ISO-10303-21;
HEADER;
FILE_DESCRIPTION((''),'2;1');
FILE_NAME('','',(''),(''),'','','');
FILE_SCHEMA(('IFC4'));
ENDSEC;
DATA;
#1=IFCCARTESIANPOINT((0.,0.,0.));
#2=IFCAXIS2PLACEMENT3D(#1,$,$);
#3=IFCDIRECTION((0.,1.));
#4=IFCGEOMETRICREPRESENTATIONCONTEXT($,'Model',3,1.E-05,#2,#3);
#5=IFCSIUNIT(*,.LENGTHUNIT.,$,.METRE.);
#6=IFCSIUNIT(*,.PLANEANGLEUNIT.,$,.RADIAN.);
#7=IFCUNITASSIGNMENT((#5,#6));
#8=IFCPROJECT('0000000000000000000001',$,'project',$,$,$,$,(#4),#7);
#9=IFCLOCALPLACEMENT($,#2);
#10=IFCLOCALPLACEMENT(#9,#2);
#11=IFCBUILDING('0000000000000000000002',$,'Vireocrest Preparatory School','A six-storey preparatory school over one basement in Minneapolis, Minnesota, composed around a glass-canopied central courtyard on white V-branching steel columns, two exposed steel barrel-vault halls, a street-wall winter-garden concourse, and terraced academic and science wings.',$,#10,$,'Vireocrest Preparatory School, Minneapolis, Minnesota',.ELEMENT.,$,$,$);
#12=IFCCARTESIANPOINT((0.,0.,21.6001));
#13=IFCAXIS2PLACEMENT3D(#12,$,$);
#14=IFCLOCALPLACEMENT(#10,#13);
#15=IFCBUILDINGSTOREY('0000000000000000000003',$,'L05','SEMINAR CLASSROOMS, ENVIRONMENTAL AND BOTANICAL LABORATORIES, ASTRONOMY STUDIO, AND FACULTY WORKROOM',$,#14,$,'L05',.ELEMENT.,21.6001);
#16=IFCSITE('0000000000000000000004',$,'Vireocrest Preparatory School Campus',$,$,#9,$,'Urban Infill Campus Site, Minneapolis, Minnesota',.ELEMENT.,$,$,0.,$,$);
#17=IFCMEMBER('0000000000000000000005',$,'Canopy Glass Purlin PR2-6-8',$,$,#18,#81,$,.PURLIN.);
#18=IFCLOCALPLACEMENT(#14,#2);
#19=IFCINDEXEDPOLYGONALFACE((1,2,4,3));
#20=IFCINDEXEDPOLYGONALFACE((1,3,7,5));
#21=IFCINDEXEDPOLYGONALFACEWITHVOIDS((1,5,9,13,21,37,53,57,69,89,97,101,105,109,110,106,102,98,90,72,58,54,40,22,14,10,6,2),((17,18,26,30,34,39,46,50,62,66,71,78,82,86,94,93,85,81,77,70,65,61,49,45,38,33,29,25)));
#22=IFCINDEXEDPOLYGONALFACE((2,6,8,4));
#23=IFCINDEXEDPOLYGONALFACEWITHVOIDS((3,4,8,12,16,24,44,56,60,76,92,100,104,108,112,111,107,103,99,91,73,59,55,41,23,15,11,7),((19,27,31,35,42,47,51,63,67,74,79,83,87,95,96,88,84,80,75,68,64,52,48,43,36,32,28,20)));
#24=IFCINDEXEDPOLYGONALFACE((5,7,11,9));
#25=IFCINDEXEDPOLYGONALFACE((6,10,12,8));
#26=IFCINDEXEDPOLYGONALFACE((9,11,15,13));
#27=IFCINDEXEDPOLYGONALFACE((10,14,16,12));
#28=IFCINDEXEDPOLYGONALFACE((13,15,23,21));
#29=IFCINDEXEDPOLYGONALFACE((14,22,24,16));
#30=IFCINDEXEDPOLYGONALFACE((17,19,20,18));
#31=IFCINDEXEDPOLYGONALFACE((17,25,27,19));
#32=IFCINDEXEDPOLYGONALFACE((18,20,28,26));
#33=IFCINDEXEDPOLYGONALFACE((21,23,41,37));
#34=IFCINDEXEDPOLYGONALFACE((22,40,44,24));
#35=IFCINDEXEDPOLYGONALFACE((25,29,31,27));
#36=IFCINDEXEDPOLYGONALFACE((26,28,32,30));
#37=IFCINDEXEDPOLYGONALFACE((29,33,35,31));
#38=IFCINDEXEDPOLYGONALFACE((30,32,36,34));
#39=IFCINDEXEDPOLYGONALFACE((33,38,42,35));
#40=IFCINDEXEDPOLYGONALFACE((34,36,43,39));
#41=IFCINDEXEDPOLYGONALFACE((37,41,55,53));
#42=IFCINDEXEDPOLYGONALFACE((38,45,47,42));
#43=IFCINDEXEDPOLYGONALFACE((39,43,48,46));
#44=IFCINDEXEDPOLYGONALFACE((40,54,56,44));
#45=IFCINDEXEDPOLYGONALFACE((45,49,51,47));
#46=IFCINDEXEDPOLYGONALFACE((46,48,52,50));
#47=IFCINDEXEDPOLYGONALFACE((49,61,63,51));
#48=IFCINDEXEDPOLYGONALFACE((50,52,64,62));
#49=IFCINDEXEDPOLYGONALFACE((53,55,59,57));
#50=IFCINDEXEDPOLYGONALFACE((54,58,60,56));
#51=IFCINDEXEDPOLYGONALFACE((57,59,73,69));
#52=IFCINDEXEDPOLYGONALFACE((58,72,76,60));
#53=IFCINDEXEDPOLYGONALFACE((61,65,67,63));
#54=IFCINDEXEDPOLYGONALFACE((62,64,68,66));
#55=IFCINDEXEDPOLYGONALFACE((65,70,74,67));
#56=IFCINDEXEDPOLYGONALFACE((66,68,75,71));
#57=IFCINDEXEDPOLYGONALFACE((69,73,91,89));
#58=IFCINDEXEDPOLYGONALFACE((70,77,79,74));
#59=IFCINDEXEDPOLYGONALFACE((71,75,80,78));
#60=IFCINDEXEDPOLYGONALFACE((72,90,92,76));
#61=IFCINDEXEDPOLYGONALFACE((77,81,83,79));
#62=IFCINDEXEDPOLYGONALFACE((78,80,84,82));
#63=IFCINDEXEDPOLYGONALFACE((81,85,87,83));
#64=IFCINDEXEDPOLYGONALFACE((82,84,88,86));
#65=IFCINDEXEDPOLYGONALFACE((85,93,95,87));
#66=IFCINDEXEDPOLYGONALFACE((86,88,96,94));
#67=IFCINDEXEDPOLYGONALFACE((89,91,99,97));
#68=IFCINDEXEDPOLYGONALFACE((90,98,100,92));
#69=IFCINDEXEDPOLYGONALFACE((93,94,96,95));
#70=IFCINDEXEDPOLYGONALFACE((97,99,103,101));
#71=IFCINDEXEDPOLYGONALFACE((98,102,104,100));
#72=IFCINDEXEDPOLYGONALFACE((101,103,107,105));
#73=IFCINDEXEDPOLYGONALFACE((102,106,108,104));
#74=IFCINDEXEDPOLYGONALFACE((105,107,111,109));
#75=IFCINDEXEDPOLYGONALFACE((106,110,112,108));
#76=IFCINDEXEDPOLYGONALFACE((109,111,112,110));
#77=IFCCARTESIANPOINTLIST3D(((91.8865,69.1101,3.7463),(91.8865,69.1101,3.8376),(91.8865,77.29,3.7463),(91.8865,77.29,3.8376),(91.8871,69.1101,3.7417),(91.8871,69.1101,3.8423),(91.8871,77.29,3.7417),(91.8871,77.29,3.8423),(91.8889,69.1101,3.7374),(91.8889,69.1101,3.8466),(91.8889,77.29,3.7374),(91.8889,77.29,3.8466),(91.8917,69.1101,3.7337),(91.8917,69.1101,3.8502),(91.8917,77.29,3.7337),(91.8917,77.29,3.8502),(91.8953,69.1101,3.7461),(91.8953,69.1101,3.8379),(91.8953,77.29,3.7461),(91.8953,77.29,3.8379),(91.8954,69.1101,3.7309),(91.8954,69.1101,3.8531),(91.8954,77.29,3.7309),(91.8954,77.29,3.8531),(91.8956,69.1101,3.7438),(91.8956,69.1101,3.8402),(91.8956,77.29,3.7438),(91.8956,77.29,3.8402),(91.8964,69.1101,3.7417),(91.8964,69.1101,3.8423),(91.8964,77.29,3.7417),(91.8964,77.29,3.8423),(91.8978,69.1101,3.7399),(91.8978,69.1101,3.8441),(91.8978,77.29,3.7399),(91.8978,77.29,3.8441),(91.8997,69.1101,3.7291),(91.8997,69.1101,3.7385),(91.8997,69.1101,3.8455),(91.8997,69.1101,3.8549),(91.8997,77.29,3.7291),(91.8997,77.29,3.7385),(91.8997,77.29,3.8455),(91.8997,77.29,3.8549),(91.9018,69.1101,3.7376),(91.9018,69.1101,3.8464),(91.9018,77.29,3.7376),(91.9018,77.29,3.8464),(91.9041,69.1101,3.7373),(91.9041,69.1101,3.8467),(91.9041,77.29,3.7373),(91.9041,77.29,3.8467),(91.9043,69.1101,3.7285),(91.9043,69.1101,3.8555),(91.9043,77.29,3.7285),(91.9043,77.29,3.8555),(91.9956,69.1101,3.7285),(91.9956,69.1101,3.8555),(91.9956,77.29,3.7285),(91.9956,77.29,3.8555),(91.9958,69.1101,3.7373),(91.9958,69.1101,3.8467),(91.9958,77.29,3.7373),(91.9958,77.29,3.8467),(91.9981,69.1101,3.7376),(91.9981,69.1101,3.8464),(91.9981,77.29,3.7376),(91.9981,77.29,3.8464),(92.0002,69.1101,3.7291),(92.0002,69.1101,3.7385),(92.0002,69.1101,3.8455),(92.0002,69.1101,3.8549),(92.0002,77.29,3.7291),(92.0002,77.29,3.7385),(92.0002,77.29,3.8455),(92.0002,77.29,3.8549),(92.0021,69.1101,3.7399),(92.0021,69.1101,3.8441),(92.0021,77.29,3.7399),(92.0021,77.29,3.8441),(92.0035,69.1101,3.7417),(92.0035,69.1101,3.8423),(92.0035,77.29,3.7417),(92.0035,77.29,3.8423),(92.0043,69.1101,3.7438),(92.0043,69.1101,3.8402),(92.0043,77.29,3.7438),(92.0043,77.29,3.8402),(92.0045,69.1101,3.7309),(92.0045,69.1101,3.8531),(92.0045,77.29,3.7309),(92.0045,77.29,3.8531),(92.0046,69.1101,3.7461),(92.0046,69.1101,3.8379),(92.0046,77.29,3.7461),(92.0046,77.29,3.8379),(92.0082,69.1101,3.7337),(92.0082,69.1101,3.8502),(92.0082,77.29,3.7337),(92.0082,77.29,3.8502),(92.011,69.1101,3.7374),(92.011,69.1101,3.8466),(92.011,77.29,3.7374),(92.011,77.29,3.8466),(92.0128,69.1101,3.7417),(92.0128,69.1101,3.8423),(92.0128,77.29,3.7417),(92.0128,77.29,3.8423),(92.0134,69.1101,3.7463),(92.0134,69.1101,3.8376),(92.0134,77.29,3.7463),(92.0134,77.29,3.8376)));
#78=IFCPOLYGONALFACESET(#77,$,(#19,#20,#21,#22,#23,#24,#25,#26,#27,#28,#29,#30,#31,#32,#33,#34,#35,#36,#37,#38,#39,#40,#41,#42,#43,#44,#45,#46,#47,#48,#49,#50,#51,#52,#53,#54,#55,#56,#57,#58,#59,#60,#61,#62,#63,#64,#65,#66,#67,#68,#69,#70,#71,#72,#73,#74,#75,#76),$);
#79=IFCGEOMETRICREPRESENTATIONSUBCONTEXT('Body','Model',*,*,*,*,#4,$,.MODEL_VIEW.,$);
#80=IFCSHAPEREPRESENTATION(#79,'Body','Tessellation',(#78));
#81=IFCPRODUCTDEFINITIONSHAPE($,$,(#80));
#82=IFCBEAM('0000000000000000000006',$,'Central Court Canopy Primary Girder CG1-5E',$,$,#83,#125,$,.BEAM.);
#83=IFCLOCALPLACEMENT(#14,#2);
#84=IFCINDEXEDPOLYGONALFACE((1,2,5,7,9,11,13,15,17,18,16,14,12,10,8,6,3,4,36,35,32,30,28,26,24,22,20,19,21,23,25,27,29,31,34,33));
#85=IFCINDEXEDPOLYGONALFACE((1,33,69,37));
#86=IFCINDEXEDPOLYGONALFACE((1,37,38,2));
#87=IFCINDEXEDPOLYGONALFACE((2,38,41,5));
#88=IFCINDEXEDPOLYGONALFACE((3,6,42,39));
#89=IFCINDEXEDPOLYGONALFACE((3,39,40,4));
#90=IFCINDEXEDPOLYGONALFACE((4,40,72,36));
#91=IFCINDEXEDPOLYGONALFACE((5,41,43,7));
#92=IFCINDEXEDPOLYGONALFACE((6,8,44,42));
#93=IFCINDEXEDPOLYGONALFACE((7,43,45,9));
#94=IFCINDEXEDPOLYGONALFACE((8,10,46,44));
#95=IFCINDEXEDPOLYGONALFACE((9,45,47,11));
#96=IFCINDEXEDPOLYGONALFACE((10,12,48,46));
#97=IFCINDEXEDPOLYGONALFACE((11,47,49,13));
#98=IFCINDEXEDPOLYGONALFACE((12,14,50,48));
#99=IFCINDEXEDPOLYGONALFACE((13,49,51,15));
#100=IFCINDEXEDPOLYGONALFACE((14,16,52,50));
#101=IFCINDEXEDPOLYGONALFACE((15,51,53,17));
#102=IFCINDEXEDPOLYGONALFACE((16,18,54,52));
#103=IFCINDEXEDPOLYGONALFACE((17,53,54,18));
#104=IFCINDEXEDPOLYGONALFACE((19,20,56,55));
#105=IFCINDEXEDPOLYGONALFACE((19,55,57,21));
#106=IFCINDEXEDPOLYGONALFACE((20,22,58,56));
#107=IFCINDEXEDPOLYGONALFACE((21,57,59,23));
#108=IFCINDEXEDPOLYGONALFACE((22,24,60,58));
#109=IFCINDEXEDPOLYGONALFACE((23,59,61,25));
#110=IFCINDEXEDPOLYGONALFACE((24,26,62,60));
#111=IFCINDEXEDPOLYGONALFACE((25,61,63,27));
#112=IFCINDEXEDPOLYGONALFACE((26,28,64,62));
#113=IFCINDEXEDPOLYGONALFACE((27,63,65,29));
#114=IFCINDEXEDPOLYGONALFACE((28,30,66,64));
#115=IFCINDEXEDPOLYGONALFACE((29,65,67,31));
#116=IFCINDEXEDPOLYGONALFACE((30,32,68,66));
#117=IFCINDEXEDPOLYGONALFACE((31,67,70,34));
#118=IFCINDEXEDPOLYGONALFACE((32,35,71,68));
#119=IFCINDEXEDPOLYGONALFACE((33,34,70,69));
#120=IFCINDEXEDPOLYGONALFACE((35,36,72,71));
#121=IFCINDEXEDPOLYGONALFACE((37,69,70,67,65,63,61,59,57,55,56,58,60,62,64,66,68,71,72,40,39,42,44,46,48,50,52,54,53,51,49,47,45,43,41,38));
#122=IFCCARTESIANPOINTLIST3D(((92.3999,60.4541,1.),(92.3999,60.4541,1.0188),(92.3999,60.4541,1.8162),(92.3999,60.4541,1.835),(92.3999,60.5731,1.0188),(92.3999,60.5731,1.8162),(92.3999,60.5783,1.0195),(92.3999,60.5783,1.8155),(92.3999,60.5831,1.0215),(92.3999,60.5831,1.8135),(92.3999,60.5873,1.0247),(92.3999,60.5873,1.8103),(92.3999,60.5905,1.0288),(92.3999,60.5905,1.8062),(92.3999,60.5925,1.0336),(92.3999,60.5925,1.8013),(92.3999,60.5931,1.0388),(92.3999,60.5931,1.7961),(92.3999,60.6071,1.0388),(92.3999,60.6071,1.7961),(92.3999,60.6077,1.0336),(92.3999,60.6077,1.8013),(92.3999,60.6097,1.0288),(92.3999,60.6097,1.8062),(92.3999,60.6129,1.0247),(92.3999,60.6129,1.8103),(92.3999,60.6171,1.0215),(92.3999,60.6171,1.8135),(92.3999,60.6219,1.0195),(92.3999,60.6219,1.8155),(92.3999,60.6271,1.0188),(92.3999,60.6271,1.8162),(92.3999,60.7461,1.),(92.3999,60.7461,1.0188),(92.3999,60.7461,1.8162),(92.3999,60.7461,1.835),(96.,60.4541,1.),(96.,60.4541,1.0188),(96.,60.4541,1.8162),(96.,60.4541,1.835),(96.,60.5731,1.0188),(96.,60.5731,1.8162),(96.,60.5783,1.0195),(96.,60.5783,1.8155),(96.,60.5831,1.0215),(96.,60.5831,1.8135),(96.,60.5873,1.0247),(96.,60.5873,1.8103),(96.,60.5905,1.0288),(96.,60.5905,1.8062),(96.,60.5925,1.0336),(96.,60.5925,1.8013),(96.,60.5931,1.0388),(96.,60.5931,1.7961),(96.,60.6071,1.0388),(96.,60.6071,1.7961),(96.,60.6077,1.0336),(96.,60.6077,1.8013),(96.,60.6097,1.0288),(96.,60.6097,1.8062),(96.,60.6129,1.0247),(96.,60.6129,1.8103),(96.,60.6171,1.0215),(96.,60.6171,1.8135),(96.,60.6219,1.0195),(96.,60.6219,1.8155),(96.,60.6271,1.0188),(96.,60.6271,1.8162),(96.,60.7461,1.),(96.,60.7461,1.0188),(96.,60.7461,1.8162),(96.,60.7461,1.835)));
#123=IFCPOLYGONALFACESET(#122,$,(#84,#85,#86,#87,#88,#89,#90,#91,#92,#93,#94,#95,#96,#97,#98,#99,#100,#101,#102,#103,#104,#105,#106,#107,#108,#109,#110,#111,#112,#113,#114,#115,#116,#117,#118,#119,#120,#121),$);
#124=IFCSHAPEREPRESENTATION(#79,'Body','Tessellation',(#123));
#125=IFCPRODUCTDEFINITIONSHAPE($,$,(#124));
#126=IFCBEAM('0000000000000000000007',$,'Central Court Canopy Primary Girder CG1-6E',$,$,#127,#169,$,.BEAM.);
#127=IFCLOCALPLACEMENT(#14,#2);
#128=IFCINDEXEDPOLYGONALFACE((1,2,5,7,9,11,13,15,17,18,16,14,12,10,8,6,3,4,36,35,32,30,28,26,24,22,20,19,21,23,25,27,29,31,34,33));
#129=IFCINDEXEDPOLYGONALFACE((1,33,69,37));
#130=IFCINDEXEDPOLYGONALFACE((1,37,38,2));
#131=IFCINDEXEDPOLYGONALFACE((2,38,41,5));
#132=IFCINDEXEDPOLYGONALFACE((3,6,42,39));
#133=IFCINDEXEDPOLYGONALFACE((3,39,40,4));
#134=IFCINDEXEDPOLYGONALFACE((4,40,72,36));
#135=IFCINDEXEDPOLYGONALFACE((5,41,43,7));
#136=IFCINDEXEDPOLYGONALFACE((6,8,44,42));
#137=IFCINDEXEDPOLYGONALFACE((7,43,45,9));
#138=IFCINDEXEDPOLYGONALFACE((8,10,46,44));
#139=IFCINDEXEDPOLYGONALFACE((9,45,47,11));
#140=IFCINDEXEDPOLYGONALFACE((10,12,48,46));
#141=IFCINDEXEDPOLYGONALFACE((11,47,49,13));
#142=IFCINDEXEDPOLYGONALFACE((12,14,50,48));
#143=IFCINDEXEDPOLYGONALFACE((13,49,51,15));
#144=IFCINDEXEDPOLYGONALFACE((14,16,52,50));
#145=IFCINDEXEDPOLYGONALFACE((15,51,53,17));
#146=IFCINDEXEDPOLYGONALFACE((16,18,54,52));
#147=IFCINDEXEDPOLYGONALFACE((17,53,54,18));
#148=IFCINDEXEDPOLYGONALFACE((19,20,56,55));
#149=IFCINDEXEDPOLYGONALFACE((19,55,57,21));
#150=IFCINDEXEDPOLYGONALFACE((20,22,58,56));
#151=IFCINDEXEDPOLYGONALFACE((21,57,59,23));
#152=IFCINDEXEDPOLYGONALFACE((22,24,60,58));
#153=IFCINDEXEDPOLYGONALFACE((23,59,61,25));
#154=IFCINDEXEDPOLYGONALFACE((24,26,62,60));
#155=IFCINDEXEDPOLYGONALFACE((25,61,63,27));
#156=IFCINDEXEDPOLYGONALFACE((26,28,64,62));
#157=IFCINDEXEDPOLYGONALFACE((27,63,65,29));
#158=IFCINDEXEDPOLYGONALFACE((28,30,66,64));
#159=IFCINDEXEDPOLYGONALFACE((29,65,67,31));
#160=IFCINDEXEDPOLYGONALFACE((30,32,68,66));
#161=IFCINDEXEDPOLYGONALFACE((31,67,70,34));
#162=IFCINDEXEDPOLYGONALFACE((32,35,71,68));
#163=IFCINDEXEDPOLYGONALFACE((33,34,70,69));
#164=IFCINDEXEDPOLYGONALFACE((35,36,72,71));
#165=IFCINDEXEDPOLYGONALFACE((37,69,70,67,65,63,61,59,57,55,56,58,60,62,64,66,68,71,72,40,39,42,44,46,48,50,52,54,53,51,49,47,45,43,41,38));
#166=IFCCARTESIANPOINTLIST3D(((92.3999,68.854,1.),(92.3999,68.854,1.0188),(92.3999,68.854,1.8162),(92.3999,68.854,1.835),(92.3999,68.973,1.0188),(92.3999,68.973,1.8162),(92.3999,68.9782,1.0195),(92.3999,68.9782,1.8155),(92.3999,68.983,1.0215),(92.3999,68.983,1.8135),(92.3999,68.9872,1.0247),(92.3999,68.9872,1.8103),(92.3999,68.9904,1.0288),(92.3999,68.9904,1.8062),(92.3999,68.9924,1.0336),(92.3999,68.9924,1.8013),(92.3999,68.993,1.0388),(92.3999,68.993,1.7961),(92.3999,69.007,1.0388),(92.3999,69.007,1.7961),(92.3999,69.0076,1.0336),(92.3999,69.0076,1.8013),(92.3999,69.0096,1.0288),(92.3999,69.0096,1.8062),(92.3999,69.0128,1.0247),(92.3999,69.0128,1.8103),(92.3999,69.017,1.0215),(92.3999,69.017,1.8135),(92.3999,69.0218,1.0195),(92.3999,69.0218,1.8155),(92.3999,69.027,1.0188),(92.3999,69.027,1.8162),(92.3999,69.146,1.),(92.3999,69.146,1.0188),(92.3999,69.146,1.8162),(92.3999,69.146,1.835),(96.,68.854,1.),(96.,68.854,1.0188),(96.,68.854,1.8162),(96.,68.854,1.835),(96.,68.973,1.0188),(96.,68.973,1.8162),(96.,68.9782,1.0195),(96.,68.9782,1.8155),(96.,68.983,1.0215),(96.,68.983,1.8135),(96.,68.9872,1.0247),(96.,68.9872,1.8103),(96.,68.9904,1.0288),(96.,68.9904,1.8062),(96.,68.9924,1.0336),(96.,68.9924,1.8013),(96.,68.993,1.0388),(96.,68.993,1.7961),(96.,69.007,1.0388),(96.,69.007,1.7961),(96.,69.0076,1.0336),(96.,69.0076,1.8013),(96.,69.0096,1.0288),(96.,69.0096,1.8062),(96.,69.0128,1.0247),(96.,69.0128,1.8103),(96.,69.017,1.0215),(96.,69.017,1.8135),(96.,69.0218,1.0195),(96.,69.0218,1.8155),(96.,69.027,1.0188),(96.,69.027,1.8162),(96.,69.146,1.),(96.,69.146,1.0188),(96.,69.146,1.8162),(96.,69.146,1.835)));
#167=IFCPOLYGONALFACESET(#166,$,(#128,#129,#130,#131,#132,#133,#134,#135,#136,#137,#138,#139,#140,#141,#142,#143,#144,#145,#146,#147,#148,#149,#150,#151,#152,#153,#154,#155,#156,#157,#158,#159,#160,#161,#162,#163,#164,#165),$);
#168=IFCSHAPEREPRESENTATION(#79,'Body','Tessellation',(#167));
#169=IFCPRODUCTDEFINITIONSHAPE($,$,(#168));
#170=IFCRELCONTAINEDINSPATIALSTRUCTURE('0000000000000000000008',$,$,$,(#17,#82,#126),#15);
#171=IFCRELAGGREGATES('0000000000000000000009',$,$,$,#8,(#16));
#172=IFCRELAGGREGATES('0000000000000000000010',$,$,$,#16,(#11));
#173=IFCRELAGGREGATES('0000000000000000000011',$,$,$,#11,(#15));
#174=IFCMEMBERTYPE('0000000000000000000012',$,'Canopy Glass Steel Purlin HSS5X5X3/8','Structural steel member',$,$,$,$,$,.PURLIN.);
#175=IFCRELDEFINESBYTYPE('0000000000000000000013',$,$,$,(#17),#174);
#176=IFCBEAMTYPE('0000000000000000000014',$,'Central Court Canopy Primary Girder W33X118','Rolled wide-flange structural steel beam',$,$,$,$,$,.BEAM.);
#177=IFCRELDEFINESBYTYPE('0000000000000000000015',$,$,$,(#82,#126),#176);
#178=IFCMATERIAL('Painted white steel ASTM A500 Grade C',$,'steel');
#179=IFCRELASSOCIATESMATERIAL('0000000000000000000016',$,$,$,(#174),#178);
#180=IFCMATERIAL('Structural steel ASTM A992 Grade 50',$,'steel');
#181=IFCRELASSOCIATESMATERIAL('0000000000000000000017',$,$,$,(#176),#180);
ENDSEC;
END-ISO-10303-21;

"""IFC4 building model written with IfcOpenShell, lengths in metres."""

from ifc_helpers import new_model, si_unit, direction, frame, origin, origin_2d, place, context, subcontext, project, spatial, hollow_rectangle, i_section, extrude, material, material_profile, profile_set, type_object, element, save


model = new_model("IFC4")

# Units and contexts
model_context = context("Model", 3, precision=1e-05, world=origin(), true_north=direction((0.0, 1.0)))
body_context = subcontext(model_context, "Body", "Model", "MODEL_VIEW")
ifc_project = project(units=[si_unit("LENGTHUNIT", "METRE"), si_unit("PLANEANGLEUNIT", "RADIAN")], contexts=[model_context])

# Site, building, storey
site_placement = place(None, origin())
site = spatial("IfcSite", under=ifc_project, at=site_placement, Name="Vireocrest Preparatory School Campus", LongName="Urban Infill Campus Site, Minneapolis, Minnesota", CompositionType="ELEMENT", RefElevation=0.0)
building_placement = place(site_placement, origin())
building = spatial("IfcBuilding", under=site, at=building_placement, Name="Vireocrest Preparatory School", Description="A six-storey preparatory school over one basement in Minneapolis, Minnesota, composed around a glass-canopied central courtyard on white V-branching steel columns, two exposed steel barrel-vault halls, a street-wall winter-garden concourse, and terraced academic and science wings.", LongName="Vireocrest Preparatory School, Minneapolis, Minnesota", CompositionType="ELEMENT")
storey_placement = place(building_placement, frame((0.0, 0.0, 21.6001)))
storey = spatial("IfcBuildingStorey", under=building, at=storey_placement, Name="L05", Description="SEMINAR CLASSROOMS, ENVIRONMENTAL AND BOTANICAL LABORATORIES, ASTRONOMY STUDIO, AND FACULTY WORKROOM", LongName="L05", CompositionType="ELEMENT", Elevation=21.6001)

# Shared definitions
ifc_material_1 = material(Name="Structural steel ASTM A992 Grade 50", Category="steel")

# Member
ifc_material_2 = material(Name="Painted white steel ASTM A500 Grade C", Category="steel")
ifc_material_profile_1 = material_profile(ifc_material_2, hollow_rectangle(XDim=0.127, YDim=0.127, WallThickness=0.0088, InnerFilletRadius=0.0088, OuterFilletRadius=0.0178, at=origin_2d()), Name="HSS5X5X3/8")
ifc_profile_set_1 = profile_set([ifc_material_profile_1], Name="Painted white steel ASTM A500 Grade C")
member_type_1 = type_object("IfcMemberType", Name="Canopy Glass Steel Purlin HSS5X5X3/8", Description="Structural steel member", PredefinedType="PURLIN", material=ifc_profile_set_1)
for number, where, z_axis, x_axis, name in (
    (1, (91.95, 69.1101, 3.792), (0.0, 1.0, 0.0), (-1.0, 0.0, 0.0), "Canopy Glass Purlin PR2-6-8"),
):
    element("IfcMember", number, at=place(storey_placement, frame(where, z_axis=z_axis, x_axis=x_axis)), inside=storey, type_object=member_type_1, Name=name, PredefinedType="PURLIN", context=body_context, shape_type="SweptSolid", body=[
        extrude(hollow_rectangle(XDim=0.127, YDim=0.127, WallThickness=0.0088, InnerFilletRadius=0.0088, OuterFilletRadius=0.0178, at=origin_2d()), origin(), (0.0, 0.0, 1.0), 8.1799),
    ])

# Beams
ifc_material_profile_2 = material_profile(ifc_material_1, i_section(OverallWidth=0.292, OverallDepth=0.835, WebThickness=0.0139, FlangeThickness=0.0188, FilletRadius=0.02, at=origin_2d()), Name="W33X118")
ifc_profile_set_2 = profile_set([ifc_material_profile_2], Name="Structural steel ASTM A992 Grade 50")
beam_type_1 = type_object("IfcBeamType", Name="Central Court Canopy Primary Girder W33X118", Description="Rolled wide-flange structural steel beam", PredefinedType="BEAM", material=ifc_profile_set_2)
for number, where, z_axis, x_axis, name in (
    (2, (92.3999, 60.6001, 1.4175), (1.0, 0.0, 0.0), (0.0, 1.0, 0.0), "Central Court Canopy Primary Girder CG1-5E"),
    (3, (92.3999, 69.0, 1.4175), (1.0, 0.0, 0.0), (0.0, 1.0, 0.0), "Central Court Canopy Primary Girder CG1-6E"),
):
    element("IfcBeam", number, at=place(storey_placement, frame(where, z_axis=z_axis, x_axis=x_axis)), inside=storey, type_object=beam_type_1, Name=name, PredefinedType="BEAM", context=body_context, shape_type="SweptSolid", body=[
        extrude(i_section(OverallWidth=0.292, OverallDepth=0.835, WebThickness=0.0139, FlangeThickness=0.0188, FilletRadius=0.02, at=origin_2d()), origin(), (0.0, 0.0, 1.0), 3.6001),
    ])

save(model, "model.ifc")
